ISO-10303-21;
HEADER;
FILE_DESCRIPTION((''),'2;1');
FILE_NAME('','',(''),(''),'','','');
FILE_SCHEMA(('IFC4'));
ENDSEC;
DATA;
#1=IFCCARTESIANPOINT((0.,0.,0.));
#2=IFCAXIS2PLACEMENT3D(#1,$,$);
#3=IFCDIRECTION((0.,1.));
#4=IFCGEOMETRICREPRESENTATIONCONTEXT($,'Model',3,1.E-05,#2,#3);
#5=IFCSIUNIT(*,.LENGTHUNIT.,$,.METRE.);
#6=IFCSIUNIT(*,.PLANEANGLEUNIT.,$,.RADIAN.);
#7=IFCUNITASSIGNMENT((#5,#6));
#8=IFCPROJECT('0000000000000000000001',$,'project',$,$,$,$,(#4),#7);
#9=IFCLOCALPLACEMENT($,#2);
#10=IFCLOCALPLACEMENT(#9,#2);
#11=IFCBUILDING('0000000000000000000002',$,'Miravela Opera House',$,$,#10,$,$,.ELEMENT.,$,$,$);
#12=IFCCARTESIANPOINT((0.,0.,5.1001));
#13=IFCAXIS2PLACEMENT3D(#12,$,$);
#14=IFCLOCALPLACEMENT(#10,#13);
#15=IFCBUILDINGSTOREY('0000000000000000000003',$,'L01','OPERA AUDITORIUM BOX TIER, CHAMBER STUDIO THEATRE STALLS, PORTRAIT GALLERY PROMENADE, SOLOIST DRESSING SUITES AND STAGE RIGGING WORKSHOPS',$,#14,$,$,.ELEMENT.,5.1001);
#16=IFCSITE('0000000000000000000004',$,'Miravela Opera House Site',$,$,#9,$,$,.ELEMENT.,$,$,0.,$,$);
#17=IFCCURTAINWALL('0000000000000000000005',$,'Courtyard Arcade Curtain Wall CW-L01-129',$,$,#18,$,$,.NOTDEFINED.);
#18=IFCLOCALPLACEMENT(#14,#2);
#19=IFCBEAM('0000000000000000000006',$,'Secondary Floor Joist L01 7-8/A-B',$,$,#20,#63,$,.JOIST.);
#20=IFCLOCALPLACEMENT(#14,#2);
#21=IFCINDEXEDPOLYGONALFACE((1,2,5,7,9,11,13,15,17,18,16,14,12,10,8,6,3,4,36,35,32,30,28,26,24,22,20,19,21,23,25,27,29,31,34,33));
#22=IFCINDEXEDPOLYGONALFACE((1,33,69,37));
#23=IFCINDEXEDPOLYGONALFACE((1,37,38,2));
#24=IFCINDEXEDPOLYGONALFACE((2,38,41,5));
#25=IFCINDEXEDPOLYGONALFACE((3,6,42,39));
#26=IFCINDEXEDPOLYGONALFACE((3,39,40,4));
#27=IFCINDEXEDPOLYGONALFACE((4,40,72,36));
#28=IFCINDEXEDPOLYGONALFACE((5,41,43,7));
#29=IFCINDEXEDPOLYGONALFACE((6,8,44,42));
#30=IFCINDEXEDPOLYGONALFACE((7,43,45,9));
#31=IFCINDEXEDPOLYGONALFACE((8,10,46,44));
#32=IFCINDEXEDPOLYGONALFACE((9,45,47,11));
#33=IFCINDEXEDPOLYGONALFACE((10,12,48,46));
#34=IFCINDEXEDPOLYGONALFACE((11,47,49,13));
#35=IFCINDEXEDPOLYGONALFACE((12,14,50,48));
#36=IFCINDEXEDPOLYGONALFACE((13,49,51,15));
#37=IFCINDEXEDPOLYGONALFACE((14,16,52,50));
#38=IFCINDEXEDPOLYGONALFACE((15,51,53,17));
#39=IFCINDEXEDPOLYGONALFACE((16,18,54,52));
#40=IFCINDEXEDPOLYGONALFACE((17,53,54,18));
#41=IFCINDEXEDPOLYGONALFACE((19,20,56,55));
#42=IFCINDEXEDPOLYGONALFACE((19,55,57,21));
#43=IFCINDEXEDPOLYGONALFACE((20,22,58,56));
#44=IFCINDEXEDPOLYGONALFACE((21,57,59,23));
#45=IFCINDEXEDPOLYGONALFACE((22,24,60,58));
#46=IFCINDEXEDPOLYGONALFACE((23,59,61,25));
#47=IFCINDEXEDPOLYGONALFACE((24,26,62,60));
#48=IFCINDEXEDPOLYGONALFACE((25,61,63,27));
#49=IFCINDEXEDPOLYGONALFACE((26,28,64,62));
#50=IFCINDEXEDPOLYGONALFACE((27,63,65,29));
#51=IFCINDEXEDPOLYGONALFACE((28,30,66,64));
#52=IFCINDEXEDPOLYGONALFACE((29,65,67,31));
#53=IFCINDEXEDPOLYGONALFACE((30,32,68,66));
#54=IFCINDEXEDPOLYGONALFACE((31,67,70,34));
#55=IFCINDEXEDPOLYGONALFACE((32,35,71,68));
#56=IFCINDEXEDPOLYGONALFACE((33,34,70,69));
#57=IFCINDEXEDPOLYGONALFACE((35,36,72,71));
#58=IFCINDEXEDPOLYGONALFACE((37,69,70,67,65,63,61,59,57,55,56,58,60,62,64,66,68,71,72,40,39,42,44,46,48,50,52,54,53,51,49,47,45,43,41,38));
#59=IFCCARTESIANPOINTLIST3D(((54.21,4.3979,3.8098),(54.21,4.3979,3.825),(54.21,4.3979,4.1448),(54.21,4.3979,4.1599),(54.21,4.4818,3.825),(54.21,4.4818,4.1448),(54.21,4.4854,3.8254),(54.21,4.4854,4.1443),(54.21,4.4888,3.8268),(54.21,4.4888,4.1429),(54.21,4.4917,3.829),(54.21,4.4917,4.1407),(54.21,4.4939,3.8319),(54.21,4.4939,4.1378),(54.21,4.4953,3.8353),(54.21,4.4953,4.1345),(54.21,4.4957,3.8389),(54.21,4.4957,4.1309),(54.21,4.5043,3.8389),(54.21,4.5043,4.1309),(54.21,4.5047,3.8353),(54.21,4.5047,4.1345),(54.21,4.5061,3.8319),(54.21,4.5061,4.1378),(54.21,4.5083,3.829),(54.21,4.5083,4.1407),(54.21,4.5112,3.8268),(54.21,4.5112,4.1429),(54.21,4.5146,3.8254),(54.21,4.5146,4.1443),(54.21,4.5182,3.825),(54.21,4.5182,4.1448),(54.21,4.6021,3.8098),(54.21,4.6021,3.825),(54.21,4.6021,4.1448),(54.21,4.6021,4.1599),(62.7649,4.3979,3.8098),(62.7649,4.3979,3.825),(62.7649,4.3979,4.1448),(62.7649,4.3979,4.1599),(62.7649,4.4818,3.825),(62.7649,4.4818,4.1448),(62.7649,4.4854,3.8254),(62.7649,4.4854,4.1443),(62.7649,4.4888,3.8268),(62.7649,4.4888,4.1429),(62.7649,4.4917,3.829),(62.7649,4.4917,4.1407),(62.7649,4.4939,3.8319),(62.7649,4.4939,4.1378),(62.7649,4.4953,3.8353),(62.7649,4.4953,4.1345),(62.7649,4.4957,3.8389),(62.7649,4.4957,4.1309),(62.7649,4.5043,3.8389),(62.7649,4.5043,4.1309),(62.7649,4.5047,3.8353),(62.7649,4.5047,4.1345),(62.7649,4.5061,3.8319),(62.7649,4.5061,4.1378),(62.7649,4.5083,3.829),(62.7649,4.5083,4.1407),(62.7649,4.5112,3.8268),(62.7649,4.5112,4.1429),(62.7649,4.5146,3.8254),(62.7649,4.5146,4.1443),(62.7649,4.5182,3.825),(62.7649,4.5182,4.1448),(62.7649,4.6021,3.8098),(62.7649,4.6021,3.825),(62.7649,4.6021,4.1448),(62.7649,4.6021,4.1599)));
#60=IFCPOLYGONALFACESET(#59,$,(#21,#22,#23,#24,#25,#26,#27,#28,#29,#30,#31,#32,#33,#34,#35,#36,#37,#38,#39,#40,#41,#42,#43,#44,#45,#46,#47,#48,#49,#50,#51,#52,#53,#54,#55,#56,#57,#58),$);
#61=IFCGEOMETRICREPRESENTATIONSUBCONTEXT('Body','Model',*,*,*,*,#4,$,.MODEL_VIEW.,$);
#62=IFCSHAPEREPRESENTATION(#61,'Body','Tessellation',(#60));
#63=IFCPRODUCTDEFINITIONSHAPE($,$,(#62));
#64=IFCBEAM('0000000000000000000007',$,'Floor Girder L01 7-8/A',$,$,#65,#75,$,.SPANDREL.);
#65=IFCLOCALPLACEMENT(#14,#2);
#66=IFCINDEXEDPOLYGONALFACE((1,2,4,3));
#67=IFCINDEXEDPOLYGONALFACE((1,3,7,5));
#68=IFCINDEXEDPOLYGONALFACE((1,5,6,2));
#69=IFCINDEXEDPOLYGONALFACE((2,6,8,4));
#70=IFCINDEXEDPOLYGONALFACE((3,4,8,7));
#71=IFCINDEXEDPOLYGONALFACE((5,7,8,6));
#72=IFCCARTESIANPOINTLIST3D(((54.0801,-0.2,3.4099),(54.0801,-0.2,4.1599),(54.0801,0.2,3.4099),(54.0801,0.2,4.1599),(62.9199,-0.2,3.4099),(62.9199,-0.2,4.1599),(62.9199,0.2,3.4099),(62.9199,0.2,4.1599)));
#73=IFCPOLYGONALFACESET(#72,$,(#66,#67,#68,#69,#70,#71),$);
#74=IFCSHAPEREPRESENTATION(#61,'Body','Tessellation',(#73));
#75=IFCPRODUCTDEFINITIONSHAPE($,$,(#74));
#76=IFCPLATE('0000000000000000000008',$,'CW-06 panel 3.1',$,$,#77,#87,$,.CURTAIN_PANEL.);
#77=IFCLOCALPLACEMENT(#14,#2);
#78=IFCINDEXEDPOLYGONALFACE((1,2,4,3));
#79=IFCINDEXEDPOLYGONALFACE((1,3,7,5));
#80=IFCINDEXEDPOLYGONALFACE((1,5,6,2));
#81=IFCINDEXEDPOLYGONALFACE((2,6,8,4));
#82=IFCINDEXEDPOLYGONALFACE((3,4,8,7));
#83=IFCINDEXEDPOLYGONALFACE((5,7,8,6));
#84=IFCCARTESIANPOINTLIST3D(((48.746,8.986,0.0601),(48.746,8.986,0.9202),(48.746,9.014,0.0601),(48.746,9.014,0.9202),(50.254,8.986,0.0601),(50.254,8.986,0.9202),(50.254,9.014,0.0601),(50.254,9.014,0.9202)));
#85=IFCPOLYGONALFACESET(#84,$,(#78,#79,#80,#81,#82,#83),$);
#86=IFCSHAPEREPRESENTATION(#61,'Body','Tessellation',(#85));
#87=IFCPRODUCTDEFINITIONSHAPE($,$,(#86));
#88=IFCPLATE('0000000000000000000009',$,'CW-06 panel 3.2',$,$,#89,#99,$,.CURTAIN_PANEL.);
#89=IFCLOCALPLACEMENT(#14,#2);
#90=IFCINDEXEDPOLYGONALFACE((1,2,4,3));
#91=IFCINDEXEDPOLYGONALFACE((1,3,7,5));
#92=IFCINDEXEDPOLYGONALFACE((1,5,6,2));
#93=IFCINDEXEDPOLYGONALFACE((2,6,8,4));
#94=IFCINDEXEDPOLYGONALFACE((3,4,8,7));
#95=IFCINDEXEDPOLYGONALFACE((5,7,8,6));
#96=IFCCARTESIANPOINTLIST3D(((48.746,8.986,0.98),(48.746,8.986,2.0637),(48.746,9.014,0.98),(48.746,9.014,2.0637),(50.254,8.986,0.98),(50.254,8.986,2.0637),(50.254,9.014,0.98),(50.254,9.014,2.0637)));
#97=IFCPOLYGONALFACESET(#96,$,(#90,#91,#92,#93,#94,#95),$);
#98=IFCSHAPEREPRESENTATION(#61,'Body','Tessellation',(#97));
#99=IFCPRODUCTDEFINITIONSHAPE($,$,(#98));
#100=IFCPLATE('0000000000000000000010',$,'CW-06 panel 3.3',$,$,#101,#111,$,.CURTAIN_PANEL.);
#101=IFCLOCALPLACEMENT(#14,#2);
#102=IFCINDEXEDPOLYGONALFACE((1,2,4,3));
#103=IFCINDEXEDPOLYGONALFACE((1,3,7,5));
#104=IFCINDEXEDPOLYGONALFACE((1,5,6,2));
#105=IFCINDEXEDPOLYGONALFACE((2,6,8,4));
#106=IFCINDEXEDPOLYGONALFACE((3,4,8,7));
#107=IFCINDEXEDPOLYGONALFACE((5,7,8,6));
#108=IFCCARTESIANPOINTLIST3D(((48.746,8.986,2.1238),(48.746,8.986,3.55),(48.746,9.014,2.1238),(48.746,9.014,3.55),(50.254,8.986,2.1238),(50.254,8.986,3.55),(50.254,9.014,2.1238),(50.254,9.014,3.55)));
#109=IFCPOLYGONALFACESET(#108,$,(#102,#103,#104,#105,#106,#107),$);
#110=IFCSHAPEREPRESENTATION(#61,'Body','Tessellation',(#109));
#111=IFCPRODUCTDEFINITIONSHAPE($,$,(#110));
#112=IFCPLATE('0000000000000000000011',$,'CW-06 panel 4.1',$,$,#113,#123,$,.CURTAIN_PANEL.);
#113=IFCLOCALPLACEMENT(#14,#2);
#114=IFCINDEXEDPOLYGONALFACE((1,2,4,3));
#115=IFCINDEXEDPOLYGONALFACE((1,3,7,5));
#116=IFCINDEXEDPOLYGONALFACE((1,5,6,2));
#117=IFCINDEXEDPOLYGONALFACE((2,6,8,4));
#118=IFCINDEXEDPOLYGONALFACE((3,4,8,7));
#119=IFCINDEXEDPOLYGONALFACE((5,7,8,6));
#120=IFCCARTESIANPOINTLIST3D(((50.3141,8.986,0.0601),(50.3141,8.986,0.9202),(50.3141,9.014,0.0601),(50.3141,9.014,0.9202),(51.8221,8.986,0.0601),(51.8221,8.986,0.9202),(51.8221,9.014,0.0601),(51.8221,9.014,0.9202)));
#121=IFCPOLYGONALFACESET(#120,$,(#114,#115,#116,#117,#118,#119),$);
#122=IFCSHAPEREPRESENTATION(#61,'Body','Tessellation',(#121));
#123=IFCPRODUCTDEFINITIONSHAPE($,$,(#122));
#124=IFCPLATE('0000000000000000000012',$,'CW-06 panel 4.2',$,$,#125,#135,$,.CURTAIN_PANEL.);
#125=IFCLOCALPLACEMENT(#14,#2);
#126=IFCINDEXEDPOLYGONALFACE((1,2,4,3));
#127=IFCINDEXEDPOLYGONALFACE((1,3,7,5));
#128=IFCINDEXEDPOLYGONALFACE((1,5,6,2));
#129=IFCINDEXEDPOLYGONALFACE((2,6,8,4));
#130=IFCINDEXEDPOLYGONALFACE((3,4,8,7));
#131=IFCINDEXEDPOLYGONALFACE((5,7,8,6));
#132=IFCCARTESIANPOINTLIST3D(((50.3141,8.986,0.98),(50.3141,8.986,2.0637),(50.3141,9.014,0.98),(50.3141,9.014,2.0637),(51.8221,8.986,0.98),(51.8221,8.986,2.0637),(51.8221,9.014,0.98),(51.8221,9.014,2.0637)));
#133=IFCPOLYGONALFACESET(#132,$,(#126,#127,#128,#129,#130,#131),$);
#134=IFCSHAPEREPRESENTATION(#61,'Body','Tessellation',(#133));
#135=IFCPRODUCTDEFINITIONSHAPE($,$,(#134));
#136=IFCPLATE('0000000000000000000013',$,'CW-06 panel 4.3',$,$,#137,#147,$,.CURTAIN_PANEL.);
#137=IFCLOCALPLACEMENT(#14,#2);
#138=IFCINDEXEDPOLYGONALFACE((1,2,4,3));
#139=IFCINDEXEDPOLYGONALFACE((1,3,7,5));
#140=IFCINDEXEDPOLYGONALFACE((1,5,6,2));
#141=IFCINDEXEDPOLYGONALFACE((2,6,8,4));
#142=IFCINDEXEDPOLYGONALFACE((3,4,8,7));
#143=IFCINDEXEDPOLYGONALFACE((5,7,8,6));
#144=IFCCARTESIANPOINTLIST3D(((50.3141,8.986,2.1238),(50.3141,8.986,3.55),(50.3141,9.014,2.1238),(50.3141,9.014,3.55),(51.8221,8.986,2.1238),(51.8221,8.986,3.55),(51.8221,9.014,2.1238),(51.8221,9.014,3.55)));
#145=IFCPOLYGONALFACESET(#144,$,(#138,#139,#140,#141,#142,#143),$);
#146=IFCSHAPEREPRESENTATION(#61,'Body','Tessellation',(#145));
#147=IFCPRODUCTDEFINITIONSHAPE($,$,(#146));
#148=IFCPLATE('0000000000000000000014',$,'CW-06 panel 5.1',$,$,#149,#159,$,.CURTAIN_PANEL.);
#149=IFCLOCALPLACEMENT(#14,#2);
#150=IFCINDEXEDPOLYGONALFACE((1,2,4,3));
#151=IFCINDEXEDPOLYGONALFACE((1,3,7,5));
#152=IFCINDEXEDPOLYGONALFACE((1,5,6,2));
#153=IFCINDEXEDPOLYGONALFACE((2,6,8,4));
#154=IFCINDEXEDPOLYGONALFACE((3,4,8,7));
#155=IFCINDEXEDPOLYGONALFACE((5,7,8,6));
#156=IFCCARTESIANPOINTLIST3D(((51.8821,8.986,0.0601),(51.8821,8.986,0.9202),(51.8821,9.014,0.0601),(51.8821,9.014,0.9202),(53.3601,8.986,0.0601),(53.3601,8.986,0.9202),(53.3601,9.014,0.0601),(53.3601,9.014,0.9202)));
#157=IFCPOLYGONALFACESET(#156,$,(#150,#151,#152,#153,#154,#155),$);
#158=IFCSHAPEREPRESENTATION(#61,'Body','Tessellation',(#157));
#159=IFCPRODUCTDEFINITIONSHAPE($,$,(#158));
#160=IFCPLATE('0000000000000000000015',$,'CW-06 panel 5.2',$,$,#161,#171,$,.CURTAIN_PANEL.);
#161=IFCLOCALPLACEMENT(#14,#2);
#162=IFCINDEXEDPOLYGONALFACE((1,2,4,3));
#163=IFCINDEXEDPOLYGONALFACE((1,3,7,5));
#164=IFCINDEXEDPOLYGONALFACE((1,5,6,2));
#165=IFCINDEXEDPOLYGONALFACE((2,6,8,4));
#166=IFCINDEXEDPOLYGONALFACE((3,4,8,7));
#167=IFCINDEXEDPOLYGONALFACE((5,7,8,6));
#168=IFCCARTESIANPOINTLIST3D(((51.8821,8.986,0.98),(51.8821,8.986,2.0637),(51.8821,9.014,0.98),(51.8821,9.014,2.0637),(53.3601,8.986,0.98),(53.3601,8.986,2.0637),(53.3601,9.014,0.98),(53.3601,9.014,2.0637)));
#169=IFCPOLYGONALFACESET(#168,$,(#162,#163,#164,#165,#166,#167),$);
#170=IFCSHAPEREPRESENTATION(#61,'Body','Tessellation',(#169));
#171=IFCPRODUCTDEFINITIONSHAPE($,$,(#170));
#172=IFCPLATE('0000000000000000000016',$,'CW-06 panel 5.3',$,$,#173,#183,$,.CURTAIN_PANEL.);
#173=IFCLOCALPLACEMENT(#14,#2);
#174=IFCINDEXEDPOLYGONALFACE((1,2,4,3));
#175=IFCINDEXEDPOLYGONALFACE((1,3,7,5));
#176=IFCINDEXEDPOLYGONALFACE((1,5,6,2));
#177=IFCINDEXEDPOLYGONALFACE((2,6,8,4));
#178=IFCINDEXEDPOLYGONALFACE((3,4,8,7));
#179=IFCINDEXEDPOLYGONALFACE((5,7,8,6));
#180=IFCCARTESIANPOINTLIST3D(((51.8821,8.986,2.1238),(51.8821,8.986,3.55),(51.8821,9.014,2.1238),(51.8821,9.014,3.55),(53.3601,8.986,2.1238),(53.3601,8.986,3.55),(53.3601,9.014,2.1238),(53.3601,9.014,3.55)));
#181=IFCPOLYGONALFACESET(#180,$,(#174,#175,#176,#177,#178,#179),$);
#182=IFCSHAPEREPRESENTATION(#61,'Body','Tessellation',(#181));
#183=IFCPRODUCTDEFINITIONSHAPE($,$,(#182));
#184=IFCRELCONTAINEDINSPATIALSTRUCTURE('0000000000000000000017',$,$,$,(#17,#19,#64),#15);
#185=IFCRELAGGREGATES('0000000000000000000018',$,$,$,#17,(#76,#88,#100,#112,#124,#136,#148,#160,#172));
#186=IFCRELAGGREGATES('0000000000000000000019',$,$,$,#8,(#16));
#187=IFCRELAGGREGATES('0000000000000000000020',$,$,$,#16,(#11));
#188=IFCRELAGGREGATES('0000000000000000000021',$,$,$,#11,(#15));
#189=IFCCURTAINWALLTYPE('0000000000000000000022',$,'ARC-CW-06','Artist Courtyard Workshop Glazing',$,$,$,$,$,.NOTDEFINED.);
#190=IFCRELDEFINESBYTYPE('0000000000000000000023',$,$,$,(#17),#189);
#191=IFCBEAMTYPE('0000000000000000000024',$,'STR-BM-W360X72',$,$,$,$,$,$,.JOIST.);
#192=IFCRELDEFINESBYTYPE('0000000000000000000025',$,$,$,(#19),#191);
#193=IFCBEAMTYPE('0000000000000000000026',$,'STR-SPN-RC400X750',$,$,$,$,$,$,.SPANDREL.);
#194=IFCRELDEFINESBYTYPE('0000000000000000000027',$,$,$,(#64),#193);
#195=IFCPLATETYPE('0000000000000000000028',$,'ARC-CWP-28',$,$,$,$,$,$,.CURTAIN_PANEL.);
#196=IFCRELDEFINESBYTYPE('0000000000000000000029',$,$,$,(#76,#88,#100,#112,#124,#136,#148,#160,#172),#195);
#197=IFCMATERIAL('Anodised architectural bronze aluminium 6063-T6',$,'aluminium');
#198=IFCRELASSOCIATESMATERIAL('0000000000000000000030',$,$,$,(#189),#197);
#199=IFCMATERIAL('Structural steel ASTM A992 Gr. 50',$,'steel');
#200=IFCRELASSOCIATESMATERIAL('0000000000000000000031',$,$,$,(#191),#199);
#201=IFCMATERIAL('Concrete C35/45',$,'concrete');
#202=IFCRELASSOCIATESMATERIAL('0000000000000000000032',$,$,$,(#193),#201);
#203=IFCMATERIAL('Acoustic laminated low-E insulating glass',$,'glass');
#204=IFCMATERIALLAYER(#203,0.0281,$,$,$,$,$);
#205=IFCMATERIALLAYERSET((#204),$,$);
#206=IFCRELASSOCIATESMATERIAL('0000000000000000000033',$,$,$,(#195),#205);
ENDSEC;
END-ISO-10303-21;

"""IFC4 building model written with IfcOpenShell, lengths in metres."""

from ifc_helpers import new_model, si_unit, direction, frame, origin, origin_2d, place, context, subcontext, project, spatial, rectangle, i_section, extrude, material, layer, layer_set, material_profile, profile_set, type_object, element, aggregate, save


model = new_model("IFC4")

# Units and contexts
model_context = context("Model", 3, precision=1e-05, world=origin(), true_north=direction((0.0, 1.0)))
body_context = subcontext(model_context, "Body", "Model", "MODEL_VIEW")
ifc_project = project(units=[si_unit("LENGTHUNIT", "METRE"), si_unit("PLANEANGLEUNIT", "RADIAN")], contexts=[model_context])

# Site, building, storey
site_placement = place(None, origin())
site = spatial("IfcSite", under=ifc_project, at=site_placement, Name="Miravela Opera House Site", CompositionType="ELEMENT", RefElevation=0.0)
building_placement = place(site_placement, origin())
building = spatial("IfcBuilding", under=site, at=building_placement, Name="Miravela Opera House", CompositionType="ELEMENT")
storey_placement = place(building_placement, frame((0.0, 0.0, 5.1001)))
storey = spatial("IfcBuildingStorey", under=building, at=storey_placement, Name="L01", Description="OPERA AUDITORIUM BOX TIER, CHAMBER STUDIO THEATRE STALLS, PORTRAIT GALLERY PROMENADE, SOLOIST DRESSING SUITES AND STAGE RIGGING WORKSHOPS", CompositionType="ELEMENT", Elevation=5.1001)

# Shared definitions
ifc_material_1 = material(Name="Concrete C35/45", Category="concrete")

# Curtain wall
ifc_material_2 = material(Name="Anodised architectural bronze aluminium 6063-T6", Category="aluminium")
curtain_wall_type = type_object("IfcCurtainWallType", Name="ARC-CW-06", Description="Artist Courtyard Workshop Glazing", PredefinedType="NOTDEFINED", material=ifc_material_2)
curtain_wall_placement = place(storey_placement, origin())
curtain_wall = element("IfcCurtainWall", 1, at=curtain_wall_placement, inside=storey, type_object=curtain_wall_type, Name="Courtyard Arcade Curtain Wall CW-L01-129", PredefinedType="NOTDEFINED")

# Beams
ifc_material_3 = material(Name="Structural steel ASTM A992 Gr. 50", Category="steel")
ifc_material_profile_1 = material_profile(ifc_material_3, i_section(OverallWidth=0.2041, OverallDepth=0.3501, WebThickness=0.0085, FlangeThickness=0.0151, FilletRadius=0.0139, at=origin_2d()), Name="W360X72")
ifc_profile_set_1 = profile_set([ifc_material_profile_1])
beam_type_1 = type_object("IfcBeamType", Name="STR-BM-W360X72", PredefinedType="JOIST", material=ifc_profile_set_1)
beam_1_placement = place(storey_placement, frame((54.21, 4.5, 3.9849), z_axis=(1.0, 0.0, 0.0), x_axis=(0.0, 1.0, 0.0)))
element("IfcBeam", 2, at=beam_1_placement, inside=storey, type_object=beam_type_1, Name="Secondary Floor Joist L01 7-8/A-B", PredefinedType="JOIST", context=body_context, shape_type="SweptSolid", body=[
    extrude(i_section(OverallWidth=0.2041, OverallDepth=0.3501, WebThickness=0.0085, FlangeThickness=0.0151, FilletRadius=0.0139, at=origin_2d()), origin(), (0.0, 0.0, 1.0), 8.5549),
])
ifc_material_profile_2 = material_profile(ifc_material_1, rectangle(XDim=0.3999, YDim=0.75, at=origin_2d()), Name="RC-SPN-400X750")
ifc_profile_set_2 = profile_set([ifc_material_profile_2])
beam_type_2 = type_object("IfcBeamType", Name="STR-SPN-RC400X750", PredefinedType="SPANDREL", material=ifc_profile_set_2)
beam_2_placement = place(storey_placement, frame((54.0801, 0.0, 3.7849), z_axis=(1.0, 0.0, 0.0), x_axis=(0.0, 1.0, 0.0)))
element("IfcBeam", 3, at=beam_2_placement, inside=storey, type_object=beam_type_2, Name="Floor Girder L01 7-8/A", PredefinedType="SPANDREL", context=body_context, shape_type="SweptSolid", body=[
    extrude(rectangle(XDim=0.3999, YDim=0.75, at=origin_2d()), origin(), (0.0, 0.0, 1.0), 8.8398),
])

# Plates
ifc_material_4 = material(Name="Acoustic laminated low-E insulating glass", Category="glass")
ifc_layer_1 = layer(ifc_material_4, 0.0281)
ifc_layer_set_1 = layer_set([ifc_layer_1])
plate_type = type_object("IfcPlateType", Name="ARC-CWP-28", PredefinedType="CURTAIN_PANEL", material=ifc_layer_set_1)
plate_1_placement = place(storey_placement, frame((49.5, 9.0, 0.0601), z_axis=(0.0, 0.0, 1.0), x_axis=(1.0, 0.0, 0.0)))
plate_1 = element("IfcPlate", 4, at=plate_1_placement, type_object=plate_type, Name="CW-06 panel 3.1", PredefinedType="CURTAIN_PANEL", context=body_context, shape_type="SweptSolid", body=[
    extrude(rectangle(XDim=1.5081, YDim=0.0281, at=origin_2d()), origin(), (0.0, 0.0, 1.0), 0.8601),
])
plate_2_placement = place(storey_placement, frame((49.5, 9.0, 0.98), z_axis=(0.0, 0.0, 1.0), x_axis=(1.0, 0.0, 0.0)))
plate_2 = element("IfcPlate", 5, at=plate_2_placement, type_object=plate_type, Name="CW-06 panel 3.2", PredefinedType="CURTAIN_PANEL", context=body_context, shape_type="SweptSolid", body=[
    extrude(rectangle(XDim=1.5081, YDim=0.0281, at=origin_2d()), origin(), (0.0, 0.0, 1.0), 1.0837),
])
plate_3_placement = place(storey_placement, frame((49.5, 9.0, 2.1238), z_axis=(0.0, 0.0, 1.0), x_axis=(1.0, 0.0, 0.0)))
plate_3 = element("IfcPlate", 6, at=plate_3_placement, type_object=plate_type, Name="CW-06 panel 3.3", PredefinedType="CURTAIN_PANEL", context=body_context, shape_type="SweptSolid", body=[
    extrude(rectangle(XDim=1.5081, YDim=0.0281, at=origin_2d()), origin(), (0.0, 0.0, 1.0), 1.4263),
])
plate_4_placement = place(storey_placement, frame((51.0681, 9.0, 0.0601), z_axis=(0.0, 0.0, 1.0), x_axis=(1.0, 0.0, 0.0)))
plate_4 = element("IfcPlate", 7, at=plate_4_placement, type_object=plate_type, Name="CW-06 panel 4.1", PredefinedType="CURTAIN_PANEL", context=body_context, shape_type="SweptSolid", body=[
    extrude(rectangle(XDim=1.5081, YDim=0.0281, at=origin_2d()), origin(), (0.0, 0.0, 1.0), 0.8601),
])
plate_5_placement = place(storey_placement, frame((51.0681, 9.0, 0.98), z_axis=(0.0, 0.0, 1.0), x_axis=(1.0, 0.0, 0.0)))
plate_5 = element("IfcPlate", 8, at=plate_5_placement, type_object=plate_type, Name="CW-06 panel 4.2", PredefinedType="CURTAIN_PANEL", context=body_context, shape_type="SweptSolid", body=[
    extrude(rectangle(XDim=1.5081, YDim=0.0281, at=origin_2d()), origin(), (0.0, 0.0, 1.0), 1.0837),
])
plate_6_placement = place(storey_placement, frame((51.0681, 9.0, 2.1238), z_axis=(0.0, 0.0, 1.0), x_axis=(1.0, 0.0, 0.0)))
plate_6 = element("IfcPlate", 9, at=plate_6_placement, type_object=plate_type, Name="CW-06 panel 4.3", PredefinedType="CURTAIN_PANEL", context=body_context, shape_type="SweptSolid", body=[
    extrude(rectangle(XDim=1.5081, YDim=0.0281, at=origin_2d()), origin(), (0.0, 0.0, 1.0), 1.4263),
])
plate_7_placement = place(storey_placement, frame((52.6211, 9.0, 0.0601), z_axis=(0.0, 0.0, 1.0), x_axis=(1.0, 0.0, 0.0)))
plate_7 = element("IfcPlate", 10, at=plate_7_placement, type_object=plate_type, Name="CW-06 panel 5.1", PredefinedType="CURTAIN_PANEL", context=body_context, shape_type="SweptSolid", body=[
    extrude(rectangle(XDim=1.478, YDim=0.0281, at=origin_2d()), origin(), (0.0, 0.0, 1.0), 0.8601),
])
plate_8_placement = place(storey_placement, frame((52.6211, 9.0, 0.98), z_axis=(0.0, 0.0, 1.0), x_axis=(1.0, 0.0, 0.0)))
plate_8 = element("IfcPlate", 11, at=plate_8_placement, type_object=plate_type, Name="CW-06 panel 5.2", PredefinedType="CURTAIN_PANEL", context=body_context, shape_type="SweptSolid", body=[
    extrude(rectangle(XDim=1.478, YDim=0.0281, at=origin_2d()), origin(), (0.0, 0.0, 1.0), 1.0837),
])
plate_9_placement = place(storey_placement, frame((52.6211, 9.0, 2.1238), z_axis=(0.0, 0.0, 1.0), x_axis=(1.0, 0.0, 0.0)))
plate_9 = element("IfcPlate", 12, at=plate_9_placement, type_object=plate_type, Name="CW-06 panel 5.3", PredefinedType="CURTAIN_PANEL", context=body_context, shape_type="SweptSolid", body=[
    extrude(rectangle(XDim=1.478, YDim=0.0281, at=origin_2d()), origin(), (0.0, 0.0, 1.0), 1.4263),
])
aggregate(curtain_wall, [plate_1, plate_2, plate_3, plate_4, plate_5, plate_6, plate_7, plate_8, plate_9])

save(model, "model.ifc")
